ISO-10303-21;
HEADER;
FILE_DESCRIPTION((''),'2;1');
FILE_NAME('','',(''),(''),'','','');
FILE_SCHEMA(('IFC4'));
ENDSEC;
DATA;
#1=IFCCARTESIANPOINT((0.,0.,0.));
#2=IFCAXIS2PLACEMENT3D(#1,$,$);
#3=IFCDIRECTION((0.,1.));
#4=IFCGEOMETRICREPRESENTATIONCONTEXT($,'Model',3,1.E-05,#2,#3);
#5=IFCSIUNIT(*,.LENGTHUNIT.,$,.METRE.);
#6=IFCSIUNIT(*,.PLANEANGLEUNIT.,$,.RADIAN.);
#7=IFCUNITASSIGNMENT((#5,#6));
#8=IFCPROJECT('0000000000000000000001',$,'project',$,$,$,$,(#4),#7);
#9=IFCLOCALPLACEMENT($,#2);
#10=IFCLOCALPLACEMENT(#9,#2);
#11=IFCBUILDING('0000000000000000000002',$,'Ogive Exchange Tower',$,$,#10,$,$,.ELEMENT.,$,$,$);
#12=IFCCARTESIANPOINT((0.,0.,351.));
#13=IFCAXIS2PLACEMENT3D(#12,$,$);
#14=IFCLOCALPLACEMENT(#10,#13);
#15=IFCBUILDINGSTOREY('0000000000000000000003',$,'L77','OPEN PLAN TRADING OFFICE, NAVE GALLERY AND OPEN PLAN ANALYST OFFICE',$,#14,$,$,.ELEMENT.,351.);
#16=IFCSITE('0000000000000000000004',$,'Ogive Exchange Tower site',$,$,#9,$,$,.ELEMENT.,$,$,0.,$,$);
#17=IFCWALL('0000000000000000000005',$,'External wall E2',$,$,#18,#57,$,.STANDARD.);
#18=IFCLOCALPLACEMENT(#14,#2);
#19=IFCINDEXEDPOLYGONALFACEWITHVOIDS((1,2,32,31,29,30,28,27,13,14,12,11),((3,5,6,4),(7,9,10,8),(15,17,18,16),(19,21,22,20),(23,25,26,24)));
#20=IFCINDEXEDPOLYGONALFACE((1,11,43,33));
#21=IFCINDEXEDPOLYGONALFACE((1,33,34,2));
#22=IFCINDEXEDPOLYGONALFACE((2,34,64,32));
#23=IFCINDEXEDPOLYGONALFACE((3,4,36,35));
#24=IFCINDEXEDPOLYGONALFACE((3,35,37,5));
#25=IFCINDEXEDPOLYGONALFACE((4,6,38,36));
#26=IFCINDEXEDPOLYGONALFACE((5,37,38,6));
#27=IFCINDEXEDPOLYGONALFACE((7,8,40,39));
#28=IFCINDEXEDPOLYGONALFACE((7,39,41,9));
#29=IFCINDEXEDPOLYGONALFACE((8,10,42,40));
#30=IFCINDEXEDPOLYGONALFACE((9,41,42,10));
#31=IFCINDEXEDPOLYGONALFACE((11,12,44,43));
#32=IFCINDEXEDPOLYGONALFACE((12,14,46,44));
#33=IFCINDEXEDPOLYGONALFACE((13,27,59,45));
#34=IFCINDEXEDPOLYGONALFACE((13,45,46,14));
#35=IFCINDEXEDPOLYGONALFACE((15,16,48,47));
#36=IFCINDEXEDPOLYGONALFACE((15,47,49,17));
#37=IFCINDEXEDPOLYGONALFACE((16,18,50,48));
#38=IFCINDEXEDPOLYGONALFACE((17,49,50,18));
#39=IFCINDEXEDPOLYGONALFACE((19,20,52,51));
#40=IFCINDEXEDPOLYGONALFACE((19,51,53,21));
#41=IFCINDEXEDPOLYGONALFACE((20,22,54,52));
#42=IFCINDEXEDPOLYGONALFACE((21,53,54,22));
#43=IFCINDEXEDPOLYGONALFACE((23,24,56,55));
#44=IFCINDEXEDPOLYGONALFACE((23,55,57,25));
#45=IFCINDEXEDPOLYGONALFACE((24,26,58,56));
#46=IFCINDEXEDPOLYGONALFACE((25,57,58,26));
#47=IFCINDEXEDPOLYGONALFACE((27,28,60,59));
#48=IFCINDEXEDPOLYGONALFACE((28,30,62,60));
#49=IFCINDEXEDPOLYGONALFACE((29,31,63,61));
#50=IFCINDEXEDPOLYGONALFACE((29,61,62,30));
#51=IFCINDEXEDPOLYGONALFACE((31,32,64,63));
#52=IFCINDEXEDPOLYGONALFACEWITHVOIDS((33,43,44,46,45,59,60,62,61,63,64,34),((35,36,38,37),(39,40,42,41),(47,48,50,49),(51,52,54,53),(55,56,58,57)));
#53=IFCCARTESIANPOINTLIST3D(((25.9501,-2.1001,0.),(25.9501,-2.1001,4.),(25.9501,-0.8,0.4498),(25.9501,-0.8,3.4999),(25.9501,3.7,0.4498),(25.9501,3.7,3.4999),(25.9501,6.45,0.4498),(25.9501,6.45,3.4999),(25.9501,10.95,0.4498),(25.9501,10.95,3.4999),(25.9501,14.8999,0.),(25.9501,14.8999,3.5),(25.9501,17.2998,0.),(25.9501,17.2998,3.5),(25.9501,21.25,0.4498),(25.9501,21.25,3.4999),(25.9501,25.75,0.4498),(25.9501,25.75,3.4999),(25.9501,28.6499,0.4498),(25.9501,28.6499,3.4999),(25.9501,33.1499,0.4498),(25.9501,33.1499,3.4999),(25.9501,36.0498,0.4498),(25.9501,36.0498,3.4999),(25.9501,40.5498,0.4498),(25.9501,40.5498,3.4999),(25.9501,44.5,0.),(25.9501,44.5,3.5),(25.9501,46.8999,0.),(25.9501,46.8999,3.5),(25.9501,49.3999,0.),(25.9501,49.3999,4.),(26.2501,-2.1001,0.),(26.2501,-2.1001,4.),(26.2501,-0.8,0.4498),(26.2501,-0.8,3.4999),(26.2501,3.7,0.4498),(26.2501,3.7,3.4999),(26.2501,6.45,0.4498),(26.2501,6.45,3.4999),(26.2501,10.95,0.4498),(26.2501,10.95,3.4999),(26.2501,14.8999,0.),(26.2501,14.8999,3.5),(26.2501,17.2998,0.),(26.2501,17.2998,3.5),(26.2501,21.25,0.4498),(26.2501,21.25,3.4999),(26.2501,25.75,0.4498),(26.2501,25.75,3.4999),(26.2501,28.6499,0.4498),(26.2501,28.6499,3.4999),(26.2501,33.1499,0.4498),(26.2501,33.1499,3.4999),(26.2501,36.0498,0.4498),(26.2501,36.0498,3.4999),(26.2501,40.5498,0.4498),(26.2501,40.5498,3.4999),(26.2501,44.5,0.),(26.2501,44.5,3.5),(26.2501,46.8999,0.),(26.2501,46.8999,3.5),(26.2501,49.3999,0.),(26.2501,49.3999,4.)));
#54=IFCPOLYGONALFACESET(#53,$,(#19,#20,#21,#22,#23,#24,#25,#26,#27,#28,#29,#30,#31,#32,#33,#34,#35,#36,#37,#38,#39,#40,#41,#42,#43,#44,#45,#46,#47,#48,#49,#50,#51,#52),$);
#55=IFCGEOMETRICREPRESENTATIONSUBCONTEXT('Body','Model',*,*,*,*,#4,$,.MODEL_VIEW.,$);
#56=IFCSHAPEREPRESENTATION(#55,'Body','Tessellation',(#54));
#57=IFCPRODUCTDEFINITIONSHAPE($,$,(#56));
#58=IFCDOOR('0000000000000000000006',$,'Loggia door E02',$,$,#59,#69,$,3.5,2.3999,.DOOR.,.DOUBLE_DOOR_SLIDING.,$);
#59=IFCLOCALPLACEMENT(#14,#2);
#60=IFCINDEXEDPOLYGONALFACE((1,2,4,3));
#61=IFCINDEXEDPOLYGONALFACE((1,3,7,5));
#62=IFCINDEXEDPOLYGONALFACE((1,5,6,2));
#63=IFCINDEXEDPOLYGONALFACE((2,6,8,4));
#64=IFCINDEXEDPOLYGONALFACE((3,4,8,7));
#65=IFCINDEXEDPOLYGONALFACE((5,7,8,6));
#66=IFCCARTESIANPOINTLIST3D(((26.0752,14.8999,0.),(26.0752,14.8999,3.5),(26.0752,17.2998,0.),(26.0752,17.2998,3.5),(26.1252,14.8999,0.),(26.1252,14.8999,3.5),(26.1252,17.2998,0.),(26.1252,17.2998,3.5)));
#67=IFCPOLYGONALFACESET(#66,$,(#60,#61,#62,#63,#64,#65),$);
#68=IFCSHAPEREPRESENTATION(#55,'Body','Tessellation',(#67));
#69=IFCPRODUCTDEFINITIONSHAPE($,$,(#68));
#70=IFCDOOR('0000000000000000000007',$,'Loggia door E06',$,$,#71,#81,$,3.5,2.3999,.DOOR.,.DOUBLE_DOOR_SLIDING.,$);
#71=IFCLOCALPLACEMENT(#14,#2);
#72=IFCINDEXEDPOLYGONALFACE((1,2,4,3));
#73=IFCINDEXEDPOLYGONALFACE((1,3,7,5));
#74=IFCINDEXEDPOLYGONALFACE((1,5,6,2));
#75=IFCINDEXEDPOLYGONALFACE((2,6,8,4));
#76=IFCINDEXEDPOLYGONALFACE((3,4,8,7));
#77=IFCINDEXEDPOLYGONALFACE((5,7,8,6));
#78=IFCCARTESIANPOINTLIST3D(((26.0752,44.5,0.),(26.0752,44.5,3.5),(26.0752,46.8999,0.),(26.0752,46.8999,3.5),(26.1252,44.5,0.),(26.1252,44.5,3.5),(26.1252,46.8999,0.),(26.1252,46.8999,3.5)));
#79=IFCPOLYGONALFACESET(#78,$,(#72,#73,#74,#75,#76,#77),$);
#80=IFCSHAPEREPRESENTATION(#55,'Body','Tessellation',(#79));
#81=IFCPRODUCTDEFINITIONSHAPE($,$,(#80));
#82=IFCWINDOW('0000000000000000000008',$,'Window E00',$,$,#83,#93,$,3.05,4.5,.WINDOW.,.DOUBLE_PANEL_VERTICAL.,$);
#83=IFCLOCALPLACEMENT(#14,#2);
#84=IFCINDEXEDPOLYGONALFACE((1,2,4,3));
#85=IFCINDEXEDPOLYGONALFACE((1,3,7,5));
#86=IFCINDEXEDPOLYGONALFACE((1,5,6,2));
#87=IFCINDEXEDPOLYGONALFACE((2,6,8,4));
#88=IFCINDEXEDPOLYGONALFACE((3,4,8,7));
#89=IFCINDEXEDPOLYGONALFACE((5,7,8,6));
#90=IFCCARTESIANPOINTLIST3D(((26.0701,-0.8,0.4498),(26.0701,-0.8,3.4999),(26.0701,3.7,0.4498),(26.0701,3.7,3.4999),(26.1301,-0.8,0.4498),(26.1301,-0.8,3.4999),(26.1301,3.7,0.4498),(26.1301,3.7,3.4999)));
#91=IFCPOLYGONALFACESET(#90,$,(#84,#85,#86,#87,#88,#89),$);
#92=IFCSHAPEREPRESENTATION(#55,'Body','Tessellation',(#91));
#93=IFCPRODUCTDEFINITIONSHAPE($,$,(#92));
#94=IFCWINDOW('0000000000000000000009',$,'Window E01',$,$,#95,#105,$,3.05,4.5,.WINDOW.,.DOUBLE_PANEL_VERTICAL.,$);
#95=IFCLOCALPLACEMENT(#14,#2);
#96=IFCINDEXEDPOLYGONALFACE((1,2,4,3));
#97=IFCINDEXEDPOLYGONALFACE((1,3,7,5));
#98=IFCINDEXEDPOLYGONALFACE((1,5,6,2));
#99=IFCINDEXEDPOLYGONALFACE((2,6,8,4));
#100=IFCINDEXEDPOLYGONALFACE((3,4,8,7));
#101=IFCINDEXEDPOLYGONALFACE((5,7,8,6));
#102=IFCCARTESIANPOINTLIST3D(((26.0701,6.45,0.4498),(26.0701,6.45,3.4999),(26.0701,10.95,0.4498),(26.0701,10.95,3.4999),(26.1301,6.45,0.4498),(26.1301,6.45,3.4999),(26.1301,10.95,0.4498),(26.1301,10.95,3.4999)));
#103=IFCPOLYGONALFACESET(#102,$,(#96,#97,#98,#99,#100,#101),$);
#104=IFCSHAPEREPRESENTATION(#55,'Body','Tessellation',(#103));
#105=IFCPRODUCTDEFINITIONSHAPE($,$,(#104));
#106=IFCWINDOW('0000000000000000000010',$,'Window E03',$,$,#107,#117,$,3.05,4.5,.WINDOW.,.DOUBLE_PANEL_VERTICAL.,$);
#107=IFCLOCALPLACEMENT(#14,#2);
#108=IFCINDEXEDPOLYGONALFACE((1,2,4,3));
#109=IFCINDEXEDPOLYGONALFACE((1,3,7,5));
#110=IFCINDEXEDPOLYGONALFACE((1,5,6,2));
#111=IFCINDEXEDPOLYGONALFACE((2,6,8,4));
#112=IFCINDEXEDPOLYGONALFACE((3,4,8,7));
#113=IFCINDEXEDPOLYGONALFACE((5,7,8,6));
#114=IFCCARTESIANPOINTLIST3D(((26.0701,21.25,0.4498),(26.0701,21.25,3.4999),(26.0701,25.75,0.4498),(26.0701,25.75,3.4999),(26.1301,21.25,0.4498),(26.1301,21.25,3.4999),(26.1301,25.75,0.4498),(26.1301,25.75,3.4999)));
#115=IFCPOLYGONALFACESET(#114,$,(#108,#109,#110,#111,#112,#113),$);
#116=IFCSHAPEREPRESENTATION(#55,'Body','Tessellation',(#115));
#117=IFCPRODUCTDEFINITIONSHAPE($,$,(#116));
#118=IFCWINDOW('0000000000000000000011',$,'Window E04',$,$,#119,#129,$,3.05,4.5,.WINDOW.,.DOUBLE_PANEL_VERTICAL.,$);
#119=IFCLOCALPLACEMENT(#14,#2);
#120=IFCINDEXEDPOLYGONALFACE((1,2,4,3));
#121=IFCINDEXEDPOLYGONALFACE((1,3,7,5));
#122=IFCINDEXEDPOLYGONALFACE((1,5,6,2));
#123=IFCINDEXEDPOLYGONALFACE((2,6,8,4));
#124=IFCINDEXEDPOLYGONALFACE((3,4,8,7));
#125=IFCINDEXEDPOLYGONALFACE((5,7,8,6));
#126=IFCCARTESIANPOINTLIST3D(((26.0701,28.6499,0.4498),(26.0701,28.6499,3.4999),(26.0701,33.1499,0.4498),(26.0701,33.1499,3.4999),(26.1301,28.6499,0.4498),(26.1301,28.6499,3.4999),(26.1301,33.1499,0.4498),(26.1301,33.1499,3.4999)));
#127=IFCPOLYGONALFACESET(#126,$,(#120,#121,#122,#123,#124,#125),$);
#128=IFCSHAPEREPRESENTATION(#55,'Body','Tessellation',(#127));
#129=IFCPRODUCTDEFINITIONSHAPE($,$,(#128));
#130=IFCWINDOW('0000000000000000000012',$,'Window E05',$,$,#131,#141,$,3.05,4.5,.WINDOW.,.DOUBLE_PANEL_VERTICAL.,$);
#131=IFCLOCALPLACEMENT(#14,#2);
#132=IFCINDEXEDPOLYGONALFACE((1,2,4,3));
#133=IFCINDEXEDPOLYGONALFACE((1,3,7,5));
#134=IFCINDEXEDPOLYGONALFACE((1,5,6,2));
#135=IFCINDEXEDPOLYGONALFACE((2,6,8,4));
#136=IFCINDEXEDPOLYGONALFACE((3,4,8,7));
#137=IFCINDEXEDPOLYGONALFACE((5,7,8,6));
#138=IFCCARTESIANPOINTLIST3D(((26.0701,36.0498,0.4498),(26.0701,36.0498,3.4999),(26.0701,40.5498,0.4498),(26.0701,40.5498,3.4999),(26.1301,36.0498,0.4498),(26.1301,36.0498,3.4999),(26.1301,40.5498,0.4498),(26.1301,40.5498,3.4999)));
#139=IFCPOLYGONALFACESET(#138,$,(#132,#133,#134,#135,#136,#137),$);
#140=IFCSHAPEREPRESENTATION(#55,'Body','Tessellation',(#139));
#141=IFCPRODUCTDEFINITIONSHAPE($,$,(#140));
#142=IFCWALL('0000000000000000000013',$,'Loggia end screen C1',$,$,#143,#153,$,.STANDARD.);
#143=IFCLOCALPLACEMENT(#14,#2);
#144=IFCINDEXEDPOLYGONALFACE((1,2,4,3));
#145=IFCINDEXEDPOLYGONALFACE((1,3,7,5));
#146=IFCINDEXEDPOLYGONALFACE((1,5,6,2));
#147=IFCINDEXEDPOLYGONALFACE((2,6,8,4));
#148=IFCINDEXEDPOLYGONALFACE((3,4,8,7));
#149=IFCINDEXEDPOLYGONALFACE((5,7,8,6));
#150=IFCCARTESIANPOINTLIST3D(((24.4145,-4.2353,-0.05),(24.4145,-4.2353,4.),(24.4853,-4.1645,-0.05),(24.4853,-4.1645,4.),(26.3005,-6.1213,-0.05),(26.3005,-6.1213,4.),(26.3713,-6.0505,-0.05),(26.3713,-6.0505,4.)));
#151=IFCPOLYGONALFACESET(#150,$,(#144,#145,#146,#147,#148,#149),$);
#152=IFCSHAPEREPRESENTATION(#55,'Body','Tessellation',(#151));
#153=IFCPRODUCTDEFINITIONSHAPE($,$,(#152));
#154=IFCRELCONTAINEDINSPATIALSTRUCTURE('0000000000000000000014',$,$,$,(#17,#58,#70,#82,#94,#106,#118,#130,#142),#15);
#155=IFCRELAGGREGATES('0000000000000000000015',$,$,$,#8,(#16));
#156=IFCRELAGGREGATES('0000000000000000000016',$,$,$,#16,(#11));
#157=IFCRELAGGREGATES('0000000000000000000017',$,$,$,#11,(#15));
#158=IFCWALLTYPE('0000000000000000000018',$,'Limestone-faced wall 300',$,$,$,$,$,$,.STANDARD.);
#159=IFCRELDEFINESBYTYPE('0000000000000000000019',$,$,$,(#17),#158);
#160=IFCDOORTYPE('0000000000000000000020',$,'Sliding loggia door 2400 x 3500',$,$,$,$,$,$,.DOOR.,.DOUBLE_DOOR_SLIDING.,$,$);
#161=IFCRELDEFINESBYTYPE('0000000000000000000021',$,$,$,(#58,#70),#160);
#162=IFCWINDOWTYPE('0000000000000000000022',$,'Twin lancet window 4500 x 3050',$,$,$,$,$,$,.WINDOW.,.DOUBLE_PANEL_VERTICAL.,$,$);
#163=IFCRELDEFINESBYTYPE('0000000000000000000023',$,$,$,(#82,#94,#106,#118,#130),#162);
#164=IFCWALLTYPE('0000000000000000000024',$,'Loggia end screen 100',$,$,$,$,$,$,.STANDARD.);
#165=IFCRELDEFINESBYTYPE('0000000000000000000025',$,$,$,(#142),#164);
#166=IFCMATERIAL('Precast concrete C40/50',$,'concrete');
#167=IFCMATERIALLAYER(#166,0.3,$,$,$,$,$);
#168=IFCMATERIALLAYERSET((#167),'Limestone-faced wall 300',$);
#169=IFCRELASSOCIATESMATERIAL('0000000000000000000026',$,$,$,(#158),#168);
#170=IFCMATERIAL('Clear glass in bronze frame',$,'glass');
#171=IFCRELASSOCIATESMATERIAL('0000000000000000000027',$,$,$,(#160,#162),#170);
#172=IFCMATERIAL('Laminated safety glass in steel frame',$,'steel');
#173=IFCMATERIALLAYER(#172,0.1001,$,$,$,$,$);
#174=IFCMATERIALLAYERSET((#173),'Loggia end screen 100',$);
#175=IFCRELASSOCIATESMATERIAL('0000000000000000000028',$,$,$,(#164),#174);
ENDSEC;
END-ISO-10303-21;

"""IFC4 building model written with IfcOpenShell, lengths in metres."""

from ifc_helpers import new_model, si_unit, direction, frame, frame_2d, origin, place, context, subcontext, project, spatial, rectangle, extrude, material, layer, layer_set, type_object, element, fill, save


model = new_model("IFC4")

# Units and contexts
model_context = context("Model", 3, precision=1e-05, world=origin(), true_north=direction((0.0, 1.0)))
body_context = subcontext(model_context, "Body", "Model", "MODEL_VIEW")
ifc_project = project(units=[si_unit("LENGTHUNIT", "METRE"), si_unit("PLANEANGLEUNIT", "RADIAN")], contexts=[model_context])

# Site, building, storey
site_placement = place(None, origin())
site = spatial("IfcSite", under=ifc_project, at=site_placement, Name="Ogive Exchange Tower site", CompositionType="ELEMENT", RefElevation=0.0)
building_placement = place(site_placement, origin())
building = spatial("IfcBuilding", under=site, at=building_placement, Name="Ogive Exchange Tower", CompositionType="ELEMENT")
storey_placement = place(building_placement, frame((0.0, 0.0, 351.0)))
storey = spatial("IfcBuildingStorey", under=building, at=storey_placement, Name="L77", Description="OPEN PLAN TRADING OFFICE, NAVE GALLERY AND OPEN PLAN ANALYST OFFICE", CompositionType="ELEMENT", Elevation=351.0)

# Wall, openings, doors, windows
ifc_material_1 = material(Name="Precast concrete C40/50", Category="concrete")
ifc_layer_1 = layer(ifc_material_1, 0.3)
ifc_layer_set_1 = layer_set([ifc_layer_1], Name="Limestone-faced wall 300")
wall_type_1 = type_object("IfcWallType", Name="Limestone-faced wall 300", PredefinedType="STANDARD", material=ifc_layer_set_1)
wall_1_placement = place(storey_placement, frame((26.1001, -2.1001, 0.0), z_axis=(0.0, 0.0, 1.0), x_axis=(0.0, 1.0, 0.0)))
wall_1 = element("IfcWall", 1, at=wall_1_placement, inside=storey, type_object=wall_type_1, Name="External wall E2", PredefinedType="STANDARD", context=body_context, shape_type="SweptSolid", body=[
    extrude(rectangle(XDim=51.5, YDim=0.3, at=frame_2d((25.75, 0.0))), origin(), (0.0, 0.0, 1.0), 4.0),
])
opening_1_placement = place(wall_1_placement, frame((1.3, 0.0, 0.45)))
opening_1 = element("IfcOpeningElement", 2, at=opening_1_placement, cuts=wall_1, PredefinedType="OPENING", context=body_context, shape_type="SweptSolid", body=[
    extrude(rectangle(XDim=4.5, YDim=3.05, at=frame_2d((2.25, 1.5249))), frame((0.0, 0.1599, 0.0), z_axis=(0.0, -1.0, 0.0), x_axis=(1.0, 0.0, 0.0)), (0.0, 0.0, 1.0), 0.3201),
])
opening_2_placement = place(wall_1_placement, frame((8.55, 0.0, 0.45)))
opening_2 = element("IfcOpeningElement", 3, at=opening_2_placement, cuts=wall_1, PredefinedType="OPENING", context=body_context, shape_type="SweptSolid", body=[
    extrude(rectangle(XDim=4.5, YDim=3.05, at=frame_2d((2.25, 1.5249))), frame((0.0, 0.1599, 0.0), z_axis=(0.0, -1.0, 0.0), x_axis=(1.0, 0.0, 0.0)), (0.0, 0.0, 1.0), 0.3201),
])
opening_3_placement = place(wall_1_placement, frame((17.0, 0.0, 0.0)))
opening_3 = element("IfcOpeningElement", 4, at=opening_3_placement, cuts=wall_1, PredefinedType="OPENING", context=body_context, shape_type="SweptSolid", body=[
    extrude(rectangle(XDim=2.3999, YDim=3.5, at=frame_2d((1.2, 1.75))), frame((0.0, 0.1599, 0.0), z_axis=(0.0, -1.0, 0.0), x_axis=(1.0, 0.0, 0.0)), (0.0, 0.0, 1.0), 0.3201),
])
opening_4_placement = place(wall_1_placement, frame((23.3501, 0.0, 0.45)))
opening_4 = element("IfcOpeningElement", 5, at=opening_4_placement, cuts=wall_1, PredefinedType="OPENING", context=body_context, shape_type="SweptSolid", body=[
    extrude(rectangle(XDim=4.5, YDim=3.05, at=frame_2d((2.25, 1.5249))), frame((0.0, 0.1599, 0.0), z_axis=(0.0, -1.0, 0.0), x_axis=(1.0, 0.0, 0.0)), (0.0, 0.0, 1.0), 0.3201),
])
opening_5_placement = place(wall_1_placement, frame((30.75, 0.0, 0.45)))
opening_5 = element("IfcOpeningElement", 6, at=opening_5_placement, cuts=wall_1, PredefinedType="OPENING", context=body_context, shape_type="SweptSolid", body=[
    extrude(rectangle(XDim=4.5, YDim=3.05, at=frame_2d((2.25, 1.5249))), frame((0.0, 0.1599, 0.0), z_axis=(0.0, -1.0, 0.0), x_axis=(1.0, 0.0, 0.0)), (0.0, 0.0, 1.0), 0.3201),
])
opening_6_placement = place(wall_1_placement, frame((38.1499, 0.0, 0.45)))
opening_6 = element("IfcOpeningElement", 7, at=opening_6_placement, cuts=wall_1, PredefinedType="OPENING", context=body_context, shape_type="SweptSolid", body=[
    extrude(rectangle(XDim=4.5, YDim=3.05, at=frame_2d((2.25, 1.5249))), frame((0.0, 0.1599, 0.0), z_axis=(0.0, -1.0, 0.0), x_axis=(1.0, 0.0, 0.0)), (0.0, 0.0, 1.0), 0.3201),
])
opening_7_placement = place(wall_1_placement, frame((46.6001, 0.0, 0.0)))
opening_7 = element("IfcOpeningElement", 8, at=opening_7_placement, cuts=wall_1, PredefinedType="OPENING", context=body_context, shape_type="SweptSolid", body=[
    extrude(rectangle(XDim=2.3999, YDim=3.5, at=frame_2d((1.2, 1.75))), frame((0.0, 0.1599, 0.0), z_axis=(0.0, -1.0, 0.0), x_axis=(1.0, 0.0, 0.0)), (0.0, 0.0, 1.0), 0.3201),
])
ifc_material_2 = material(Name="Clear glass in bronze frame", Category="glass")
door_type_1 = type_object("IfcDoorType", Name="Sliding loggia door 2400 x 3500", OperationType="DOUBLE_DOOR_SLIDING", PredefinedType="DOOR", material=ifc_material_2)
door_1_placement = place(opening_3_placement, origin())
door_1 = element("IfcDoor", 9, at=door_1_placement, inside=storey, type_object=door_type_1, Name="Loggia door E02", OperationType="DOUBLE_DOOR_SLIDING", OverallHeight=3.5, OverallWidth=2.3999, PredefinedType="DOOR", context=body_context, shape_type="SweptSolid", body=[
    extrude(rectangle(XDim=2.3999, YDim=3.5, at=frame_2d((1.2, 1.75))), frame((0.0, 0.0249, 0.0), z_axis=(0.0, -1.0, 0.0), x_axis=(1.0, 0.0, 0.0)), (0.0, 0.0, 1.0), 0.05),
])
fill(opening_3, door_1)
door_2_placement = place(opening_7_placement, origin())
door_2 = element("IfcDoor", 10, at=door_2_placement, inside=storey, type_object=door_type_1, Name="Loggia door E06", OperationType="DOUBLE_DOOR_SLIDING", OverallHeight=3.5, OverallWidth=2.3999, PredefinedType="DOOR", context=body_context, shape_type="SweptSolid", body=[
    extrude(rectangle(XDim=2.3999, YDim=3.5, at=frame_2d((1.2, 1.75))), frame((0.0, 0.0249, 0.0), z_axis=(0.0, -1.0, 0.0), x_axis=(1.0, 0.0, 0.0)), (0.0, 0.0, 1.0), 0.05),
])
fill(opening_7, door_2)
window_type = type_object("IfcWindowType", Name="Twin lancet window 4500 x 3050", PartitioningType="DOUBLE_PANEL_VERTICAL", PredefinedType="WINDOW", material=ifc_material_2)
window_1_placement = place(opening_1_placement, origin())
window_1 = element("IfcWindow", 11, at=window_1_placement, inside=storey, type_object=window_type, Name="Window E00", OverallHeight=3.05, OverallWidth=4.5, PartitioningType="DOUBLE_PANEL_VERTICAL", PredefinedType="WINDOW", context=body_context, shape_type="SweptSolid", body=[
    extrude(rectangle(XDim=4.5, YDim=3.05, at=frame_2d((2.25, 1.5249))), frame((0.0, 0.03, 0.0), z_axis=(0.0, -1.0, 0.0), x_axis=(1.0, 0.0, 0.0)), (0.0, 0.0, 1.0), 0.0601),
])
fill(opening_1, window_1)
window_2_placement = place(opening_2_placement, origin())
window_2 = element("IfcWindow", 12, at=window_2_placement, inside=storey, type_object=window_type, Name="Window E01", OverallHeight=3.05, OverallWidth=4.5, PartitioningType="DOUBLE_PANEL_VERTICAL", PredefinedType="WINDOW", context=body_context, shape_type="SweptSolid", body=[
    extrude(rectangle(XDim=4.5, YDim=3.05, at=frame_2d((2.25, 1.5249))), frame((0.0, 0.03, 0.0), z_axis=(0.0, -1.0, 0.0), x_axis=(1.0, 0.0, 0.0)), (0.0, 0.0, 1.0), 0.0601),
])
fill(opening_2, window_2)
window_3_placement = place(opening_4_placement, origin())
window_3 = element("IfcWindow", 13, at=window_3_placement, inside=storey, type_object=window_type, Name="Window E03", OverallHeight=3.05, OverallWidth=4.5, PartitioningType="DOUBLE_PANEL_VERTICAL", PredefinedType="WINDOW", context=body_context, shape_type="SweptSolid", body=[
    extrude(rectangle(XDim=4.5, YDim=3.05, at=frame_2d((2.25, 1.5249))), frame((0.0, 0.03, 0.0), z_axis=(0.0, -1.0, 0.0), x_axis=(1.0, 0.0, 0.0)), (0.0, 0.0, 1.0), 0.0601),
])
fill(opening_4, window_3)
window_4_placement = place(opening_5_placement, origin())
window_4 = element("IfcWindow", 14, at=window_4_placement, inside=storey, type_object=window_type, Name="Window E04", OverallHeight=3.05, OverallWidth=4.5, PartitioningType="DOUBLE_PANEL_VERTICAL", PredefinedType="WINDOW", context=body_context, shape_type="SweptSolid", body=[
    extrude(rectangle(XDim=4.5, YDim=3.05, at=frame_2d((2.25, 1.5249))), frame((0.0, 0.03, 0.0), z_axis=(0.0, -1.0, 0.0), x_axis=(1.0, 0.0, 0.0)), (0.0, 0.0, 1.0), 0.0601),
])
fill(opening_5, window_4)
window_5_placement = place(opening_6_placement, origin())
window_5 = element("IfcWindow", 15, at=window_5_placement, inside=storey, type_object=window_type, Name="Window E05", OverallHeight=3.05, OverallWidth=4.5, PartitioningType="DOUBLE_PANEL_VERTICAL", PredefinedType="WINDOW", context=body_context, shape_type="SweptSolid", body=[
    extrude(rectangle(XDim=4.5, YDim=3.05, at=frame_2d((2.25, 1.5249))), frame((0.0, 0.03, 0.0), z_axis=(0.0, -1.0, 0.0), x_axis=(1.0, 0.0, 0.0)), (0.0, 0.0, 1.0), 0.0601),
])
fill(opening_6, window_5)

# Wall
ifc_material_3 = material(Name="Laminated safety glass in steel frame", Category="steel")
ifc_layer_2 = layer(ifc_material_3, 0.1001)
ifc_layer_set_2 = layer_set([ifc_layer_2], Name="Loggia end screen 100")
wall_type_2 = type_object("IfcWallType", Name="Loggia end screen 100", PredefinedType="STANDARD", material=ifc_layer_set_2)
wall_2_placement = place(storey_placement, frame((24.45, -4.2, -0.05), z_axis=(0.0, 0.0, 1.0), x_axis=(0.707107, -0.707107, 0.0)))
element("IfcWall", 16, at=wall_2_placement, inside=storey, type_object=wall_type_2, Name="Loggia end screen C1", PredefinedType="STANDARD", context=body_context, shape_type="SweptSolid", body=[
    extrude(rectangle(XDim=2.6672, YDim=0.1001, at=frame_2d((1.3335, 0.0))), origin(), (0.0, 0.0, 1.0), 4.05),
])

save(model, "model.ifc")
